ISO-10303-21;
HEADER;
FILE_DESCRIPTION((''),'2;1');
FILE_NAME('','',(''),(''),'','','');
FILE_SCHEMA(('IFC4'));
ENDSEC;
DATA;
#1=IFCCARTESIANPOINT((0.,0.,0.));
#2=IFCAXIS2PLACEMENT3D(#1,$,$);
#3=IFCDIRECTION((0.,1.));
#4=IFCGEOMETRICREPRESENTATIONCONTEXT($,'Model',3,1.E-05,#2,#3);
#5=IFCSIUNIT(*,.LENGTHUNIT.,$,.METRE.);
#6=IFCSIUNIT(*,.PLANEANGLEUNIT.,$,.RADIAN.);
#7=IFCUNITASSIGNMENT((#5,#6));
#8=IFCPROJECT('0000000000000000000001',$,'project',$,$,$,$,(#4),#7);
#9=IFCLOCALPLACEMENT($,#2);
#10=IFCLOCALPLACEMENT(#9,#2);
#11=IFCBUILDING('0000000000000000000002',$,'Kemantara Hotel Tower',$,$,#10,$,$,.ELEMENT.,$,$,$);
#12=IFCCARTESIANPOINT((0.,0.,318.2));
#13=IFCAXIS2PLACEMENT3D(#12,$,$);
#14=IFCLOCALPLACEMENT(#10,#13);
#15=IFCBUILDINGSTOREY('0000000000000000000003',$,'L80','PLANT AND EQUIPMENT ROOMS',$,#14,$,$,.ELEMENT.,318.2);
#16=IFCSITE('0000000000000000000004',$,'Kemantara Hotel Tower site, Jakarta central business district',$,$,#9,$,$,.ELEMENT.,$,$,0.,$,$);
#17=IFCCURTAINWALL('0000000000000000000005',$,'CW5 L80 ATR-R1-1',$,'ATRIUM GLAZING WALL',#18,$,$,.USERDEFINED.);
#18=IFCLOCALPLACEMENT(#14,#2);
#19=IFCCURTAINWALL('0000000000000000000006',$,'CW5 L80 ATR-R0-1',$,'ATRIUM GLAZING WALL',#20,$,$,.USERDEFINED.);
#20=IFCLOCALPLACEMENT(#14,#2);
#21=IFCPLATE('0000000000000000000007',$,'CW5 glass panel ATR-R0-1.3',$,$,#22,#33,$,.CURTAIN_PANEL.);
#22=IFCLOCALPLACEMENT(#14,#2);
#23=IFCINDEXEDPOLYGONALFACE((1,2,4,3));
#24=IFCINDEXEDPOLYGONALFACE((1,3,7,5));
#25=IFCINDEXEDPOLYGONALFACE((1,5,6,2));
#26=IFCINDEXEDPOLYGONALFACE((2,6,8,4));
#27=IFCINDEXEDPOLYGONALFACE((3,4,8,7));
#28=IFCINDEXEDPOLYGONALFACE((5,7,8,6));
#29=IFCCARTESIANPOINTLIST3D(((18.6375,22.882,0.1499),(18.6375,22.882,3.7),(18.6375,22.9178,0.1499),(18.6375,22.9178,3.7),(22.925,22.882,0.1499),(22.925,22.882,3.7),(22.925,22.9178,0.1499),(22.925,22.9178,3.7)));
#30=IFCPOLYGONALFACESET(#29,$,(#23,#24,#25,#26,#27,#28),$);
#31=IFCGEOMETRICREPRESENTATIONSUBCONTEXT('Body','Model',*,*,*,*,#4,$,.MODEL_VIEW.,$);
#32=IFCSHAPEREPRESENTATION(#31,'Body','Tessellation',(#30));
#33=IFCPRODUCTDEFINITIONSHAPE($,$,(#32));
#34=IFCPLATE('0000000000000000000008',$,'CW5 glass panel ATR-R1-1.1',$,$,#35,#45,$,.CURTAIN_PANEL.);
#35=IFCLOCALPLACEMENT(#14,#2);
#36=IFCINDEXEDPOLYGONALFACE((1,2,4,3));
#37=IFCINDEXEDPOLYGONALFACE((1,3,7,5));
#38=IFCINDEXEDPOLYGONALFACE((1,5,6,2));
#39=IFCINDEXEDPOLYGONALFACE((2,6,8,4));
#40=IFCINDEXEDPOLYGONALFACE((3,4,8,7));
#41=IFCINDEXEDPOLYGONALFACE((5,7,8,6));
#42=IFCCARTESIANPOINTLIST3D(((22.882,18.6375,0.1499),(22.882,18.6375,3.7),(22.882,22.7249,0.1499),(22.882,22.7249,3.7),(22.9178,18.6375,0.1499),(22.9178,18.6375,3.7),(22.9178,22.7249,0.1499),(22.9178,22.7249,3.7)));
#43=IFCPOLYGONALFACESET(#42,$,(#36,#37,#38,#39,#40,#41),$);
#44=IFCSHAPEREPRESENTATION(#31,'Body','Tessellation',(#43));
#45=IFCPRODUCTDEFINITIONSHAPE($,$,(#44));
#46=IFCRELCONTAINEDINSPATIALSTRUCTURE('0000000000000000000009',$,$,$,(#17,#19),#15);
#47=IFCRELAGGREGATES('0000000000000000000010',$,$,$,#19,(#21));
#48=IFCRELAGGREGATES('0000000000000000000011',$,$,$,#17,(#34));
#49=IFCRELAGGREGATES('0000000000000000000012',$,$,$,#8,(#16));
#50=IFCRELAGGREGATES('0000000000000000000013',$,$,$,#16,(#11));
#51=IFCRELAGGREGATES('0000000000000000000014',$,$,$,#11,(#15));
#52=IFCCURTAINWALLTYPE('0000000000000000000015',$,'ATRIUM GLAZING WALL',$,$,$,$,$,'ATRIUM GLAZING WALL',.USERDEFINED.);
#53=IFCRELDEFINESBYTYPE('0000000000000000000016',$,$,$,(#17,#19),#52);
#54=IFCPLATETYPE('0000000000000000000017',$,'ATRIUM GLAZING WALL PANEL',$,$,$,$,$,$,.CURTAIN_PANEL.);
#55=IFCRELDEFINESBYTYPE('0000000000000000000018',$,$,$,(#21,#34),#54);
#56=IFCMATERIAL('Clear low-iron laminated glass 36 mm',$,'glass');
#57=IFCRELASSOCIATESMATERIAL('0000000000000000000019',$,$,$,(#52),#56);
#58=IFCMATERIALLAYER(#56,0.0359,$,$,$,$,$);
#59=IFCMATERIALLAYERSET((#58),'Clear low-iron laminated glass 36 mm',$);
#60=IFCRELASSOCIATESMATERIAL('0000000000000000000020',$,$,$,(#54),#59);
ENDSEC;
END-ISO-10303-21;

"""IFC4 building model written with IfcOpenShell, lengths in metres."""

from ifc_helpers import new_model, si_unit, direction, frame, origin, origin_2d, place, context, subcontext, project, spatial, rectangle, extrude, source, transform, mapped, material, layer, layer_set, type_object, element, aggregate, save


model = new_model("IFC4")

# Units and contexts
model_context = context("Model", 3, precision=1e-05, world=origin(), true_north=direction((0.0, 1.0)))
body_context = subcontext(model_context, "Body", "Model", "MODEL_VIEW")
ifc_project = project(units=[si_unit("LENGTHUNIT", "METRE"), si_unit("PLANEANGLEUNIT", "RADIAN")], contexts=[model_context])

# Site, building, storey
site_placement = place(None, origin())
site = spatial("IfcSite", under=ifc_project, at=site_placement, Name="Kemantara Hotel Tower site, Jakarta central business district", CompositionType="ELEMENT", RefElevation=0.0)
building_placement = place(site_placement, origin())
building = spatial("IfcBuilding", under=site, at=building_placement, Name="Kemantara Hotel Tower", CompositionType="ELEMENT")
storey_placement = place(building_placement, frame((0.0, 0.0, 318.2)))
storey = spatial("IfcBuildingStorey", under=building, at=storey_placement, Name="L80", Description="PLANT AND EQUIPMENT ROOMS", CompositionType="ELEMENT", Elevation=318.2)

# Curtain wall
ifc_material_1 = material(Name="Clear low-iron laminated glass 36 mm", Category="glass")
curtain_wall_type_1 = type_object("IfcCurtainWallType", Name="ATRIUM GLAZING WALL", ElementType="ATRIUM GLAZING WALL", PredefinedType="USERDEFINED", material=ifc_material_1)
curtain_wall_1_placement = place(storey_placement, origin())
curtain_wall_1 = element("IfcCurtainWall", 1, at=curtain_wall_1_placement, inside=storey, type_object=curtain_wall_type_1, Name="CW5 L80 ATR-R1-1", ObjectType="ATRIUM GLAZING WALL", PredefinedType="USERDEFINED")

# Curtain wall
curtain_wall_2_placement = place(storey_placement, origin())
curtain_wall_2 = element("IfcCurtainWall", 2, at=curtain_wall_2_placement, inside=storey, type_object=curtain_wall_type_1, Name="CW5 L80 ATR-R0-1", ObjectType="ATRIUM GLAZING WALL", PredefinedType="USERDEFINED")

# Plates
ifc_layer_1 = layer(ifc_material_1, 0.0359)
ifc_layer_set_1 = layer_set([ifc_layer_1], Name="Clear low-iron laminated glass 36 mm")
plate_type_1 = type_object("IfcPlateType", Name="ATRIUM GLAZING WALL PANEL", PredefinedType="CURTAIN_PANEL", material=ifc_layer_set_1)
shared_shape_1 = source(origin(), body_context, "Body", "SweptSolid", [
    extrude(rectangle(XDim=4.2876, YDim=0.0359, at=origin_2d()), origin(), (0.0, 0.0, 1.0), 3.55),
])
plate_1_placement = place(storey_placement, frame((20.7812, 22.8999, 0.1499), z_axis=(0.0, 0.0, 1.0), x_axis=(1.0, 0.0, 0.0)))
plate_1 = element("IfcPlate", 3, at=plate_1_placement, type_object=plate_type_1, Name="CW5 glass panel ATR-R0-1.3", PredefinedType="CURTAIN_PANEL", context=body_context, shape_type="MappedRepresentation", body=[
    mapped(shared_shape_1, transform((0.0, 0.0, 0.0))),
])
aggregate(curtain_wall_2, [plate_1])
shared_shape_2 = source(origin(), body_context, "Body", "SweptSolid", [
    extrude(rectangle(XDim=4.0874, YDim=0.0359, at=origin_2d()), origin(), (0.0, 0.0, 1.0), 3.55),
])
plate_2_placement = place(storey_placement, frame((22.8999, 20.6812, 0.1499), z_axis=(0.0, 0.0, 1.0), x_axis=(0.0, -1.0, 0.0)))
plate_2 = element("IfcPlate", 4, at=plate_2_placement, type_object=plate_type_1, Name="CW5 glass panel ATR-R1-1.1", PredefinedType="CURTAIN_PANEL", context=body_context, shape_type="MappedRepresentation", body=[
    mapped(shared_shape_2, transform((0.0, 0.0, 0.0))),
])
aggregate(curtain_wall_1, [plate_2])

save(model, "model.ifc")
